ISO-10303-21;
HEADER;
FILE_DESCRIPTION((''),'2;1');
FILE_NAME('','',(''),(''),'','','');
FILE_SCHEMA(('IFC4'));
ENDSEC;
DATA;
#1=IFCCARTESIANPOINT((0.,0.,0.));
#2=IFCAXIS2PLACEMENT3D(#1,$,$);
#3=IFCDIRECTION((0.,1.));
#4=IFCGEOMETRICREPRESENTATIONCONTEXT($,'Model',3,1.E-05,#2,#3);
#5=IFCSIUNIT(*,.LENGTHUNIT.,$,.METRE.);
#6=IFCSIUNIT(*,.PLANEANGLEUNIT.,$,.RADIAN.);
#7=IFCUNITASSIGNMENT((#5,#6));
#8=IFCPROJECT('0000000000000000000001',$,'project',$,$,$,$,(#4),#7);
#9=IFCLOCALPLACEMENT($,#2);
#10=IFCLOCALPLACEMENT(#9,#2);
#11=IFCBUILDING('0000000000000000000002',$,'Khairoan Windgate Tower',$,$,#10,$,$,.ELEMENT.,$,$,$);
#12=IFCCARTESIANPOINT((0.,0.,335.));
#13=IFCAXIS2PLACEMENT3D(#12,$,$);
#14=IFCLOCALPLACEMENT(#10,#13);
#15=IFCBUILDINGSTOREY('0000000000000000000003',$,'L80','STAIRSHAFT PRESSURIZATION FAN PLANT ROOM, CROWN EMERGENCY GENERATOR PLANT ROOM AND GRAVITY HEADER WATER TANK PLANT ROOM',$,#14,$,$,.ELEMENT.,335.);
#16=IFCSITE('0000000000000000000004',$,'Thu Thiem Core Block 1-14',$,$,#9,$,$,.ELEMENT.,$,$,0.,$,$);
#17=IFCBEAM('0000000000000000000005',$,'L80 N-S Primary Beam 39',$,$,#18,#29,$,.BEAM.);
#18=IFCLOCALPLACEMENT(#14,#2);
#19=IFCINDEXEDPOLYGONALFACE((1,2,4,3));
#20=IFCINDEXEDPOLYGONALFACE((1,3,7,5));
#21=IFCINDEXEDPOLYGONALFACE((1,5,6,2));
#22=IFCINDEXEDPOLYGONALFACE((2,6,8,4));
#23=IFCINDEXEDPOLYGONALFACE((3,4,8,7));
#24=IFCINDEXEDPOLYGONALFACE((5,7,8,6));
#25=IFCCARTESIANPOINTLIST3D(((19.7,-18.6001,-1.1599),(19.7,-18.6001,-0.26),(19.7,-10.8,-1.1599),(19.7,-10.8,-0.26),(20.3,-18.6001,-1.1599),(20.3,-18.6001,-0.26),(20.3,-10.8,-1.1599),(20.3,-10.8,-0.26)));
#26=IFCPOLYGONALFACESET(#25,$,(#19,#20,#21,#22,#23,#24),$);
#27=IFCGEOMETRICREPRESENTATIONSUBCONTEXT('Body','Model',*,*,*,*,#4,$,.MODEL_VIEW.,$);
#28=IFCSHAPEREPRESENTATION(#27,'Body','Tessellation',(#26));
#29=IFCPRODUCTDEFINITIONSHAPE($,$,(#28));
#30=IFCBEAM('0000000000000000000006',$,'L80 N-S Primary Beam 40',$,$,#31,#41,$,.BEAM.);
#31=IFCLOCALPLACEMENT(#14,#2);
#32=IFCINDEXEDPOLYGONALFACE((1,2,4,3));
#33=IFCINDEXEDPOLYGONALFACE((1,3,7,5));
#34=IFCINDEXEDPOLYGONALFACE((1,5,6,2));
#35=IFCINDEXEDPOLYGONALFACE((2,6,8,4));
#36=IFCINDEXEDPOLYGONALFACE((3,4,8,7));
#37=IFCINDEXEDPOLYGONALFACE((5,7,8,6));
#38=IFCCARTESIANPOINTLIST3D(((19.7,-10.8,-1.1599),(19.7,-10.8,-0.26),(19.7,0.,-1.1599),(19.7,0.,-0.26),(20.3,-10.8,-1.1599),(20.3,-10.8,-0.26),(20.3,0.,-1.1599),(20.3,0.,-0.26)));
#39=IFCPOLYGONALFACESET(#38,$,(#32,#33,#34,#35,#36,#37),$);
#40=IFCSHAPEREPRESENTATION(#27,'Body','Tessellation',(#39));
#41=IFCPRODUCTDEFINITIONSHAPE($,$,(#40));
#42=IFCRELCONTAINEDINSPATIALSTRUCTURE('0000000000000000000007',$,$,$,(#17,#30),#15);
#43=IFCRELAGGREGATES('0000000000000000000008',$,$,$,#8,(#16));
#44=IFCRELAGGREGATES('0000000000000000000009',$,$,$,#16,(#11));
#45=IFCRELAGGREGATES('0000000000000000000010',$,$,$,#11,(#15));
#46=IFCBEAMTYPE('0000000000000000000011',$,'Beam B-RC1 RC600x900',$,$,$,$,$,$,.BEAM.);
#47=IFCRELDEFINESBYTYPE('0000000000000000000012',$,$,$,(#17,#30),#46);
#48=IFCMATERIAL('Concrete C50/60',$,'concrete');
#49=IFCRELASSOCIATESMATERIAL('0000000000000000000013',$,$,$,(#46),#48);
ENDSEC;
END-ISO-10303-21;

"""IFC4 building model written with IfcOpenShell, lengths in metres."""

from ifc_helpers import new_model, si_unit, direction, frame, origin, origin_2d, place, context, subcontext, project, spatial, rectangle, extrude, material, material_profile, profile_set, type_object, element, save


model = new_model("IFC4")

# Units and contexts
model_context = context("Model", 3, precision=1e-05, world=origin(), true_north=direction((0.0, 1.0)))
body_context = subcontext(model_context, "Body", "Model", "MODEL_VIEW")
ifc_project = project(units=[si_unit("LENGTHUNIT", "METRE"), si_unit("PLANEANGLEUNIT", "RADIAN")], contexts=[model_context])

# Site, building, storey
site_placement = place(None, origin())
site = spatial("IfcSite", under=ifc_project, at=site_placement, Name="Thu Thiem Core Block 1-14", CompositionType="ELEMENT", RefElevation=0.0)
building_placement = place(site_placement, origin())
building = spatial("IfcBuilding", under=site, at=building_placement, Name="Khairoan Windgate Tower", CompositionType="ELEMENT")
storey_placement = place(building_placement, frame((0.0, 0.0, 335.0)))
storey = spatial("IfcBuildingStorey", under=building, at=storey_placement, Name="L80", Description="STAIRSHAFT PRESSURIZATION FAN PLANT ROOM, CROWN EMERGENCY GENERATOR PLANT ROOM AND GRAVITY HEADER WATER TANK PLANT ROOM", CompositionType="ELEMENT", Elevation=335.0)

# Beams
ifc_material_1 = material(Name="Concrete C50/60", Category="concrete")
ifc_material_profile_1 = material_profile(ifc_material_1, rectangle(XDim=0.6001, YDim=0.8999, at=origin_2d()))
ifc_profile_set_1 = profile_set([ifc_material_profile_1], Name="Concrete C50/60")
beam_type = type_object("IfcBeamType", Name="Beam B-RC1 RC600x900", PredefinedType="BEAM", material=ifc_profile_set_1)
beam_1_placement = place(storey_placement, frame((20.0, -18.6001, -0.71), z_axis=(0.0, 1.0, 0.0), x_axis=(-1.0, 0.0, 0.0)))
element("IfcBeam", 1, at=beam_1_placement, inside=storey, type_object=beam_type, Name="L80 N-S Primary Beam 39", PredefinedType="BEAM", context=body_context, shape_type="SweptSolid", body=[
    extrude(rectangle(XDim=0.6001, YDim=0.8999, at=origin_2d()), origin(), (0.0, 0.0, 1.0), 7.8),
])
beam_2_placement = place(storey_placement, frame((20.0, -10.8, -0.71), z_axis=(0.0, 1.0, 0.0), x_axis=(-1.0, 0.0, 0.0)))
element("IfcBeam", 2, at=beam_2_placement, inside=storey, type_object=beam_type, Name="L80 N-S Primary Beam 40", PredefinedType="BEAM", context=body_context, shape_type="SweptSolid", body=[
    extrude(rectangle(XDim=0.6001, YDim=0.8999, at=origin_2d()), origin(), (0.0, 0.0, 1.0), 10.8),
])

save(model, "model.ifc")
